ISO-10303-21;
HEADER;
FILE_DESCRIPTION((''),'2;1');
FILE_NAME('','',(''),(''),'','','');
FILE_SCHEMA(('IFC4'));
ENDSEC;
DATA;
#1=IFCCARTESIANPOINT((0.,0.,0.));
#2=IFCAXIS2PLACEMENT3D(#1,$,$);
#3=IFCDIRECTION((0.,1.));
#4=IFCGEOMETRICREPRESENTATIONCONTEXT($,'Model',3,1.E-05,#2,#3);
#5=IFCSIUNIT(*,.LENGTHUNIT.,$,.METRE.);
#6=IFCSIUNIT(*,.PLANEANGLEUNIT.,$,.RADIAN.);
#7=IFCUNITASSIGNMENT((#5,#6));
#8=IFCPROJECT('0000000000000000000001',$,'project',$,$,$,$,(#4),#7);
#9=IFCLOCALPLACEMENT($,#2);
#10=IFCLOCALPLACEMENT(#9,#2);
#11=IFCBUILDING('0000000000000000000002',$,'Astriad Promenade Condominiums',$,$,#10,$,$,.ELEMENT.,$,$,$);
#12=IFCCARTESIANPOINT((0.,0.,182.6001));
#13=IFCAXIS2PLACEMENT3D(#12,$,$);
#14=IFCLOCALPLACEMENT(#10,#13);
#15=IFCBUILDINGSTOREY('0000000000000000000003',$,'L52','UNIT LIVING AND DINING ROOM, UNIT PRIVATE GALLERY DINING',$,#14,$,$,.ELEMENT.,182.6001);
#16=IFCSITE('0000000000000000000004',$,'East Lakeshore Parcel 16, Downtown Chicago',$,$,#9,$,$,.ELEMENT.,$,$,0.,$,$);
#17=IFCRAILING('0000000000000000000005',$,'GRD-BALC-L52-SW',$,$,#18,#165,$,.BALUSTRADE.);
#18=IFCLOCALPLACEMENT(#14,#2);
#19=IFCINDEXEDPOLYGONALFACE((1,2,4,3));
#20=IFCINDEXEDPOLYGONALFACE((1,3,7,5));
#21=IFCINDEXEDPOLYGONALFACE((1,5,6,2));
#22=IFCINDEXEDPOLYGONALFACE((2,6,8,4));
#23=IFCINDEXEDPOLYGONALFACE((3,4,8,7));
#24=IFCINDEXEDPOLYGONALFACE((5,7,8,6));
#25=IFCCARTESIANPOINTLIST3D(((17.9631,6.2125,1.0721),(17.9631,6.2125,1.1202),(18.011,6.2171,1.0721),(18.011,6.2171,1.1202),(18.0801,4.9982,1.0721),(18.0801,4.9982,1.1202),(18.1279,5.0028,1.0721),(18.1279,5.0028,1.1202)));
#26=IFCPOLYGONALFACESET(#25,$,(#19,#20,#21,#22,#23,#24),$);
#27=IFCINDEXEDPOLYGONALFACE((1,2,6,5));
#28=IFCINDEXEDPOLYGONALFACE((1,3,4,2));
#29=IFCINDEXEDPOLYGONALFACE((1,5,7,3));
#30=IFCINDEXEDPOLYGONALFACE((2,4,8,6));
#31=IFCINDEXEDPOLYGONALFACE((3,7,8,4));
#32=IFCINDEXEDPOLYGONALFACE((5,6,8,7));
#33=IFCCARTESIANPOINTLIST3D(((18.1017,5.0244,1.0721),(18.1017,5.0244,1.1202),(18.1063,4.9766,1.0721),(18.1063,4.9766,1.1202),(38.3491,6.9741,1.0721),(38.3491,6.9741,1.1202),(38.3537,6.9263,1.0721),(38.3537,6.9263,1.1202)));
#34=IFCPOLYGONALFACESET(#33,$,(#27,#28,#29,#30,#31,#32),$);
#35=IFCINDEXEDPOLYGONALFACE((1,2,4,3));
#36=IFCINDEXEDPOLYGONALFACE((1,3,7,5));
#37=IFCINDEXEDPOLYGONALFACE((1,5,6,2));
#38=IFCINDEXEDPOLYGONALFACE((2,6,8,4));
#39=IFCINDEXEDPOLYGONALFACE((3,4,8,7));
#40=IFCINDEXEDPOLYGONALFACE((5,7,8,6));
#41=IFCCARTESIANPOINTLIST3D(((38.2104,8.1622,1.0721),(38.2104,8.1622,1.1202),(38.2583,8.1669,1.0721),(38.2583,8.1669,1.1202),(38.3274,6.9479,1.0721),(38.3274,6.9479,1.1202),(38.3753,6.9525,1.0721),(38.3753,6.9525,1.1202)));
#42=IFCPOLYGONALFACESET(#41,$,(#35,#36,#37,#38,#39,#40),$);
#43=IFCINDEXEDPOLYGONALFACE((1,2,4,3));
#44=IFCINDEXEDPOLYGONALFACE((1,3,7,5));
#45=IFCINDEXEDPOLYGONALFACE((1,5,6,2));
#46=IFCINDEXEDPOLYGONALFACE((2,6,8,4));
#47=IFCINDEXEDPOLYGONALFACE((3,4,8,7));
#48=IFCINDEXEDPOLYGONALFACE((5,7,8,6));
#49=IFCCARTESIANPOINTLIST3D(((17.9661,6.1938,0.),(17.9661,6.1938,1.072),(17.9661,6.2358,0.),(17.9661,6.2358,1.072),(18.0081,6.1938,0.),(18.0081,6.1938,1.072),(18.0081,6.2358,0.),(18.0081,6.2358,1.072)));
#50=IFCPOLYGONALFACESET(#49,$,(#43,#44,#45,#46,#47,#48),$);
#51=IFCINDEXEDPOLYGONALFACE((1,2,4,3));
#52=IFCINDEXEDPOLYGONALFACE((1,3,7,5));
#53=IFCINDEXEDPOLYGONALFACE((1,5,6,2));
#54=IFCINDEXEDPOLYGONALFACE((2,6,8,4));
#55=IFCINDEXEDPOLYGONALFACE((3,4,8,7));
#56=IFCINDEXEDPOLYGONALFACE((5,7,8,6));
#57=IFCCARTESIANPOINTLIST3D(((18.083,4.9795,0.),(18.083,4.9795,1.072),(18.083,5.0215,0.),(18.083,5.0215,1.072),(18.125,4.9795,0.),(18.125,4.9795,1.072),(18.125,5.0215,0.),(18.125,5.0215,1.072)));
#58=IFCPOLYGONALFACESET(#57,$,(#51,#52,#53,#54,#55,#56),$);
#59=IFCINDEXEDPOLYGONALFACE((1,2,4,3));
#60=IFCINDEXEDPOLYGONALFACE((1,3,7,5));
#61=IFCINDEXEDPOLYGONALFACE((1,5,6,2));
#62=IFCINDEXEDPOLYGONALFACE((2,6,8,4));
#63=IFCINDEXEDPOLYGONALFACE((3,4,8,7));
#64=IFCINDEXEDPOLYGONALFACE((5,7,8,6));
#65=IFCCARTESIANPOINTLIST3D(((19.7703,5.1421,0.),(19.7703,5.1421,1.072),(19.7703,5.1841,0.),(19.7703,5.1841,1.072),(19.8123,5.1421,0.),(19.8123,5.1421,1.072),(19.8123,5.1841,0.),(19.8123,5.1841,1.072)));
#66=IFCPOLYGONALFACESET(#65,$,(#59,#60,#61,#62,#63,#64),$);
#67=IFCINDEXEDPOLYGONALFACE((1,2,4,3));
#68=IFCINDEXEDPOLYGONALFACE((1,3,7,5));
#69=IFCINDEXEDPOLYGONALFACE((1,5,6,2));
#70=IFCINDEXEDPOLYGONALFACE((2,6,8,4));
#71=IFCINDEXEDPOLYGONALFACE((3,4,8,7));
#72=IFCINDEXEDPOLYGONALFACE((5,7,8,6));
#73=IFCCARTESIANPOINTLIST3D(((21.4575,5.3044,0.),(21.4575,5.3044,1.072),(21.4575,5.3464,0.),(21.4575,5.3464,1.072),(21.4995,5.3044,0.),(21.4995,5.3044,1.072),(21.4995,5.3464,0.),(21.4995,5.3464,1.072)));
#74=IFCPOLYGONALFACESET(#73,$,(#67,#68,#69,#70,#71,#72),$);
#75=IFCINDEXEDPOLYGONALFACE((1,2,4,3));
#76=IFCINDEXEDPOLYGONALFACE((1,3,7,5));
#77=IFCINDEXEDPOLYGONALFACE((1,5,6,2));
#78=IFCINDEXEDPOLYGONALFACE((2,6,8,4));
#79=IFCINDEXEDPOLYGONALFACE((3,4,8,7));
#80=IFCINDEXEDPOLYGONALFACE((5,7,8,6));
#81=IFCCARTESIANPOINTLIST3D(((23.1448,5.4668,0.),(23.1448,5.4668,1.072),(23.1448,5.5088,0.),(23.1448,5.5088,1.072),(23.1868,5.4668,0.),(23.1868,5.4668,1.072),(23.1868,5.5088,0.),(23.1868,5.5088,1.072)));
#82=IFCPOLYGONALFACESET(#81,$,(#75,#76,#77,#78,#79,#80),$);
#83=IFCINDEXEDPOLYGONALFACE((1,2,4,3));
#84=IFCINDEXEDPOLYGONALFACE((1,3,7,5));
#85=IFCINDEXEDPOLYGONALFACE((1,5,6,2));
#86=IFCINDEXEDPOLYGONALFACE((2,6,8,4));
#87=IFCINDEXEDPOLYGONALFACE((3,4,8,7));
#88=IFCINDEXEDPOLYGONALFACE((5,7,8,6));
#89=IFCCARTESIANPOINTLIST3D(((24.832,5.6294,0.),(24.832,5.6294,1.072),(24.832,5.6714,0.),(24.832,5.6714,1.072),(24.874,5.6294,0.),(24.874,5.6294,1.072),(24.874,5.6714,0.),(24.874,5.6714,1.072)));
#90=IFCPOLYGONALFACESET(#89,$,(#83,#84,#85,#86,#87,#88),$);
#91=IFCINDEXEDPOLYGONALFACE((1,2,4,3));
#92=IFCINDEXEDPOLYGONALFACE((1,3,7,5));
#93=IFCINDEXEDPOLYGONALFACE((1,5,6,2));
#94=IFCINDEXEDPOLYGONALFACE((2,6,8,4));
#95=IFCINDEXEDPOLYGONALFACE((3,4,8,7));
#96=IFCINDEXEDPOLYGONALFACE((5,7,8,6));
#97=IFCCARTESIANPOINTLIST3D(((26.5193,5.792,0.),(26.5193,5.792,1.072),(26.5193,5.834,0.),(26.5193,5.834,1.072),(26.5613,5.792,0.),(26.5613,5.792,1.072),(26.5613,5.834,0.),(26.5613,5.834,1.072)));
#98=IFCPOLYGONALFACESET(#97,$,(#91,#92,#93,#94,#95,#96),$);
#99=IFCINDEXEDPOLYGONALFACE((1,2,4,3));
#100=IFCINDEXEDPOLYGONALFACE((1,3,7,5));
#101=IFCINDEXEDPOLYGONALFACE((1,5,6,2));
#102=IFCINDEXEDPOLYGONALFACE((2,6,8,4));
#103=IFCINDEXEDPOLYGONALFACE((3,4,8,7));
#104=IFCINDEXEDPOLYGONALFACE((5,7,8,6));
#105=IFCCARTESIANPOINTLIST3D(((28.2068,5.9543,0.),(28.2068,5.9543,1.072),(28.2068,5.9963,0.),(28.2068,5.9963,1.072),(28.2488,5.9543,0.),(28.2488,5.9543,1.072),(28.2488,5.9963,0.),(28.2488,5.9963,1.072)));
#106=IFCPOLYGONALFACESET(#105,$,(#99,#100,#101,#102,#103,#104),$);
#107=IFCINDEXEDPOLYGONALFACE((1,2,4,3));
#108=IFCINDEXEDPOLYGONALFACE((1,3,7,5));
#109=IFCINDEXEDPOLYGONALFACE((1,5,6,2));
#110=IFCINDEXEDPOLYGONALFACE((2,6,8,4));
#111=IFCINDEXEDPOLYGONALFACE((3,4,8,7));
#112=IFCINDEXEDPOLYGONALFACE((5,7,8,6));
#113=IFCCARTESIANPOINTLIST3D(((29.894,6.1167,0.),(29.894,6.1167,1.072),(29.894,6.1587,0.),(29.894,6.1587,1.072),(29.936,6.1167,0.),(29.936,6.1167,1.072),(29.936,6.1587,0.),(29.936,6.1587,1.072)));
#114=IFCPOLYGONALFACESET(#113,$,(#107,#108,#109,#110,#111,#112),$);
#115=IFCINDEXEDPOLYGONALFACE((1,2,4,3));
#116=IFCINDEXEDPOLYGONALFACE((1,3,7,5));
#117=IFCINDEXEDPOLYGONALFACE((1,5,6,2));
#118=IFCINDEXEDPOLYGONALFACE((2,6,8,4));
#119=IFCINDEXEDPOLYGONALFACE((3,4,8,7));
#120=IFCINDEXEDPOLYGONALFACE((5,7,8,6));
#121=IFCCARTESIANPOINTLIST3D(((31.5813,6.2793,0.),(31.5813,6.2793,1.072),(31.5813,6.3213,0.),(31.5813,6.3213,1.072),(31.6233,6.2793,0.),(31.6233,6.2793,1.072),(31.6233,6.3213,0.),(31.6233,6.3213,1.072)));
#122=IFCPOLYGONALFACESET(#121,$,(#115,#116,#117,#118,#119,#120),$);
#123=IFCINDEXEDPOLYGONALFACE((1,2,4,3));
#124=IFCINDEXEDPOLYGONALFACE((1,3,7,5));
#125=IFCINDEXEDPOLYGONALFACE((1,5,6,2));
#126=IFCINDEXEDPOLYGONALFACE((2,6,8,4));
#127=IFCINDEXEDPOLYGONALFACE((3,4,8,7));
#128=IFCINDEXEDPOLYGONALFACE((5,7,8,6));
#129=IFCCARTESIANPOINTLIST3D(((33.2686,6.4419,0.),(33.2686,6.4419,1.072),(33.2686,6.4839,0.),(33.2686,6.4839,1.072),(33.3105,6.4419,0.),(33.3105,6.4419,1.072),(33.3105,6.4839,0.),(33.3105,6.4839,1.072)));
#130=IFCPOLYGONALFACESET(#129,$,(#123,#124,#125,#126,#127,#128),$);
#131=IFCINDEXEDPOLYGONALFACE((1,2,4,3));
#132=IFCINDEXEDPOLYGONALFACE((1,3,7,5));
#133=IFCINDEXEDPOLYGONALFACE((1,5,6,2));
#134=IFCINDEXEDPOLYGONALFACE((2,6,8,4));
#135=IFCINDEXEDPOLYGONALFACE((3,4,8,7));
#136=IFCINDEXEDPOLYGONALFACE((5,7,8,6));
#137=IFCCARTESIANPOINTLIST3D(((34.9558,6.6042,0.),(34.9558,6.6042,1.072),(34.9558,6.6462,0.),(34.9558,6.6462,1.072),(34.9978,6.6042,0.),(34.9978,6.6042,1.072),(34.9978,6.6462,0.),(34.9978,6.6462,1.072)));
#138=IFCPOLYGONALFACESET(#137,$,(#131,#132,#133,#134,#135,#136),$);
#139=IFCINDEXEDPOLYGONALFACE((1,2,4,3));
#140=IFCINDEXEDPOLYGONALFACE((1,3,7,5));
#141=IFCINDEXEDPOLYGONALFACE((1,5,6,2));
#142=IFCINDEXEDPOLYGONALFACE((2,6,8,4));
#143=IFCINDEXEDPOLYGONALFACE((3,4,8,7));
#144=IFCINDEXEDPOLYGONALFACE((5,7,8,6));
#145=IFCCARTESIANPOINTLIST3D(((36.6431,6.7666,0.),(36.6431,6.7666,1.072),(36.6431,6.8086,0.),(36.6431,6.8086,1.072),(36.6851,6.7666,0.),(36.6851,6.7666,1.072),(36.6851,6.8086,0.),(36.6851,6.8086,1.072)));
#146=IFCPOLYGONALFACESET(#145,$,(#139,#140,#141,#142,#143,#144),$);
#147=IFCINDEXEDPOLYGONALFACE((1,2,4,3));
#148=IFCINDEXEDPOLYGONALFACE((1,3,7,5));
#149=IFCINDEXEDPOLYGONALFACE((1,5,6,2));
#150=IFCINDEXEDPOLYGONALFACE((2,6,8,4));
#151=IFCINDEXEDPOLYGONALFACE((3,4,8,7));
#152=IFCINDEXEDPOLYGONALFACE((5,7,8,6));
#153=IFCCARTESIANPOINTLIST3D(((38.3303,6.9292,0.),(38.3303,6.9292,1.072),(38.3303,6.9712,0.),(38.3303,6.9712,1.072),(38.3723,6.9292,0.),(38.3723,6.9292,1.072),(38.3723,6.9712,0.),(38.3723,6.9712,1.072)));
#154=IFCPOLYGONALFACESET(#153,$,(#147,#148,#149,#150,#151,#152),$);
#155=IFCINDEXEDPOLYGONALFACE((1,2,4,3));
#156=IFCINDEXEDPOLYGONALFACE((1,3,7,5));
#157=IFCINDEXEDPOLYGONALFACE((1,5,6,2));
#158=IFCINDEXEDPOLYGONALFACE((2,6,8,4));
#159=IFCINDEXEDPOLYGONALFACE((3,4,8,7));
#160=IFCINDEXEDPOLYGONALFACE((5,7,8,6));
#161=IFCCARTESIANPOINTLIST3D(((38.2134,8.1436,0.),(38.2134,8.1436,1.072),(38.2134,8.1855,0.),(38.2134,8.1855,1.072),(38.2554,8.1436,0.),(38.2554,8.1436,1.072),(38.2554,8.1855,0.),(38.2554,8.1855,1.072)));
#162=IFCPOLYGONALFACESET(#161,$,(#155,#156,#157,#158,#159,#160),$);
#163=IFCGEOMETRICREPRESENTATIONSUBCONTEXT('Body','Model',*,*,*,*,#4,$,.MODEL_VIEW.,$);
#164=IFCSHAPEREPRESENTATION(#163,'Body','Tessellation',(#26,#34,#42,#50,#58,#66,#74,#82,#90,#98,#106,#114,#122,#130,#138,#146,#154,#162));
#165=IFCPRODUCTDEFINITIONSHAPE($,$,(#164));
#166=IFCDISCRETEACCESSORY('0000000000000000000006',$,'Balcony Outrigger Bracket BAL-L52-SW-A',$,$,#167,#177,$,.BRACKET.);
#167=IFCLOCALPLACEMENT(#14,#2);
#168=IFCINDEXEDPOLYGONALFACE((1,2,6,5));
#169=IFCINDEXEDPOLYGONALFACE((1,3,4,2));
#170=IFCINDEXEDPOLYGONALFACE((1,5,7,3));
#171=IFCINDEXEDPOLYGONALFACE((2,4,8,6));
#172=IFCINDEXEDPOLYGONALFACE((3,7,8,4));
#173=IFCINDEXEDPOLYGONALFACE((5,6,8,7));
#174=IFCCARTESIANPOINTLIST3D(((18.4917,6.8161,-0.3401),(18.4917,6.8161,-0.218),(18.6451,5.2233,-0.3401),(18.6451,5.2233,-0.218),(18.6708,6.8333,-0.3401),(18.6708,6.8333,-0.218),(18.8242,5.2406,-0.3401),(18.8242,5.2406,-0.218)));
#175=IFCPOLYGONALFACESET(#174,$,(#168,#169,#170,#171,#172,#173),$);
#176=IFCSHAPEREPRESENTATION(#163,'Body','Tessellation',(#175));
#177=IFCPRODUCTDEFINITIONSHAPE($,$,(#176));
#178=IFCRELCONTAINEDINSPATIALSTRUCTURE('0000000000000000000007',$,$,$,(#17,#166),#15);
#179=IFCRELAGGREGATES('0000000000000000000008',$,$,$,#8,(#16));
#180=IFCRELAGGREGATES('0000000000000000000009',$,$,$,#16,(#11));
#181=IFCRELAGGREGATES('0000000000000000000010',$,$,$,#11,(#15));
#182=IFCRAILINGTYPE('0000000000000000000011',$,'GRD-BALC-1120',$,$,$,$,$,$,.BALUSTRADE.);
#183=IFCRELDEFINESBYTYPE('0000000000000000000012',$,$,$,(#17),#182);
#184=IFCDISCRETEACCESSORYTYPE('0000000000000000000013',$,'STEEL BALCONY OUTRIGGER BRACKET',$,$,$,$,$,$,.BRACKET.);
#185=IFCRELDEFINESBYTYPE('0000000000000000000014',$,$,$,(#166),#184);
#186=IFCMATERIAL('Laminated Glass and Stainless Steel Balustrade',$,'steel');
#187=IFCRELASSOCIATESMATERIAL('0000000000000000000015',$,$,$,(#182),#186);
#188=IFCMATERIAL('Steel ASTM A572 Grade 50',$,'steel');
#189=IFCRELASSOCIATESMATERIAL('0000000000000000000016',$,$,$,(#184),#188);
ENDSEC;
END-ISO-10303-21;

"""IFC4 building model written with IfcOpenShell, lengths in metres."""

from ifc_helpers import new_model, si_unit, direction, frame, origin, origin_2d, place, context, subcontext, project, spatial, rectangle, extrude, source, transform, mapped, material, type_object, type_shapes, element, save


model = new_model("IFC4")

# Units and contexts
model_context = context("Model", 3, precision=1e-05, world=origin(), true_north=direction((0.0, 1.0)))
body_context = subcontext(model_context, "Body", "Model", "MODEL_VIEW")
ifc_project = project(units=[si_unit("LENGTHUNIT", "METRE"), si_unit("PLANEANGLEUNIT", "RADIAN")], contexts=[model_context])

# Site, building, storey
site_placement = place(None, origin())
site = spatial("IfcSite", under=ifc_project, at=site_placement, Name="East Lakeshore Parcel 16, Downtown Chicago", CompositionType="ELEMENT", RefElevation=0.0)
building_placement = place(site_placement, origin())
building = spatial("IfcBuilding", under=site, at=building_placement, Name="Astriad Promenade Condominiums", CompositionType="ELEMENT")
storey_placement = place(building_placement, frame((0.0, 0.0, 182.6001)))
storey = spatial("IfcBuildingStorey", under=building, at=storey_placement, Name="L52", Description="UNIT LIVING AND DINING ROOM, UNIT PRIVATE GALLERY DINING", CompositionType="ELEMENT", Elevation=182.6001)

# Railing
ifc_material_1 = material(Name="Laminated Glass and Stainless Steel Balustrade", Category="steel")
railing_type = type_object("IfcRailingType", Name="GRD-BALC-1120", PredefinedType="BALUSTRADE", material=ifc_material_1)
shared_shape_1 = source(origin(), body_context, "Body", "SweptSolid", [
    extrude(rectangle(XDim=0.0481, YDim=0.0481, at=origin_2d()), frame((0.0, 0.0, 1.0962), z_axis=(0.095857, -0.995395, 0.0), x_axis=(0.995395, 0.095857, 0.0)), (0.0, 0.0, 1.0), 1.22),
    extrude(rectangle(XDim=0.0481, YDim=0.0481, at=origin_2d()), frame((0.1169, -1.2144, 1.0962), z_axis=(0.995396, 0.095851, 0.0), x_axis=(-0.095851, 0.995396, 0.0)), (0.0, 0.0, 1.0), 20.3411),
    extrude(rectangle(XDim=0.0481, YDim=0.0481, at=origin_2d()), frame((20.3643, 0.7354, 1.0962), z_axis=(-0.095857, 0.995395, 0.0), x_axis=(-0.995395, -0.095857, 0.0)), (0.0, 0.0, 1.0), 1.22),
    extrude(rectangle(XDim=0.042, YDim=0.042, at=origin_2d()), origin(), (0.0, 0.0, 1.0), 1.072),
    extrude(rectangle(XDim=0.042, YDim=0.042, at=origin_2d()), frame((0.1169, -1.2144, 0.0)), (0.0, 0.0, 1.0), 1.072),
    extrude(rectangle(XDim=0.042, YDim=0.042, at=origin_2d()), frame((1.8042, -1.0518, 0.0)), (0.0, 0.0, 1.0), 1.072),
    extrude(rectangle(XDim=0.042, YDim=0.042, at=origin_2d()), frame((3.4915, -0.8894, 0.0)), (0.0, 0.0, 1.0), 1.072),
    extrude(rectangle(XDim=0.042, YDim=0.042, at=origin_2d()), frame((5.1787, -0.7271, 0.0)), (0.0, 0.0, 1.0), 1.072),
    extrude(rectangle(XDim=0.042, YDim=0.042, at=origin_2d()), frame((6.866, -0.5645, 0.0)), (0.0, 0.0, 1.0), 1.072),
    extrude(rectangle(XDim=0.042, YDim=0.042, at=origin_2d()), frame((8.5532, -0.4019, 0.0)), (0.0, 0.0, 1.0), 1.072),
    extrude(rectangle(XDim=0.042, YDim=0.042, at=origin_2d()), frame((10.2407, -0.2395, 0.0)), (0.0, 0.0, 1.0), 1.072),
    extrude(rectangle(XDim=0.042, YDim=0.042, at=origin_2d()), frame((11.928, -0.0771, 0.0)), (0.0, 0.0, 1.0), 1.072),
    extrude(rectangle(XDim=0.042, YDim=0.042, at=origin_2d()), frame((13.6152, 0.0854, 0.0)), (0.0, 0.0, 1.0), 1.072),
    extrude(rectangle(XDim=0.042, YDim=0.042, at=origin_2d()), frame((15.3025, 0.248, 0.0)), (0.0, 0.0, 1.0), 1.072),
    extrude(rectangle(XDim=0.042, YDim=0.042, at=origin_2d()), frame((16.9897, 0.4104, 0.0)), (0.0, 0.0, 1.0), 1.072),
    extrude(rectangle(XDim=0.042, YDim=0.042, at=origin_2d()), frame((18.677, 0.5728, 0.0)), (0.0, 0.0, 1.0), 1.072),
    extrude(rectangle(XDim=0.042, YDim=0.042, at=origin_2d()), frame((20.3643, 0.7354, 0.0)), (0.0, 0.0, 1.0), 1.072),
    extrude(rectangle(XDim=0.042, YDim=0.042, at=origin_2d()), frame((20.2473, 1.9497, 0.0)), (0.0, 0.0, 1.0), 1.072),
])
type_shapes(railing_type, [shared_shape_1])
railing_placement = place(storey_placement, frame((17.9871, 6.2148, 0.0)))
element("IfcRailing", 1, at=railing_placement, inside=storey, type_object=railing_type, Name="GRD-BALC-L52-SW", PredefinedType="BALUSTRADE", context=body_context, shape_type="MappedRepresentation", body=[
    mapped(shared_shape_1, transform((0.0, 0.0, 0.0), scale=1.0)),
])

# Discrete accessory
ifc_material_2 = material(Name="Steel ASTM A572 Grade 50", Category="steel")
discrete_accessory_type = type_object("IfcDiscreteAccessoryType", Name="STEEL BALCONY OUTRIGGER BRACKET", PredefinedType="BRACKET", material=ifc_material_2)
shared_shape_2 = source(origin(), body_context, "Body", "SweptSolid", [
    extrude(rectangle(XDim=1.6001, YDim=0.1799, at=origin_2d()), origin(), (0.0, 0.0, 1.0), 0.1221),
])
type_shapes(discrete_accessory_type, [shared_shape_2])
discrete_accessory_placement = place(storey_placement, frame((18.658, 6.0283, -0.3401), z_axis=(0.0, 0.0, 1.0), x_axis=(0.095846, -0.995396, 0.0)))
element("IfcDiscreteAccessory", 2, at=discrete_accessory_placement, inside=storey, type_object=discrete_accessory_type, Name="Balcony Outrigger Bracket BAL-L52-SW-A", PredefinedType="BRACKET", context=body_context, shape_type="MappedRepresentation", body=[
    mapped(shared_shape_2, transform((0.0, 0.0, 0.0), scale=1.0)),
])

save(model, "model.ifc")
